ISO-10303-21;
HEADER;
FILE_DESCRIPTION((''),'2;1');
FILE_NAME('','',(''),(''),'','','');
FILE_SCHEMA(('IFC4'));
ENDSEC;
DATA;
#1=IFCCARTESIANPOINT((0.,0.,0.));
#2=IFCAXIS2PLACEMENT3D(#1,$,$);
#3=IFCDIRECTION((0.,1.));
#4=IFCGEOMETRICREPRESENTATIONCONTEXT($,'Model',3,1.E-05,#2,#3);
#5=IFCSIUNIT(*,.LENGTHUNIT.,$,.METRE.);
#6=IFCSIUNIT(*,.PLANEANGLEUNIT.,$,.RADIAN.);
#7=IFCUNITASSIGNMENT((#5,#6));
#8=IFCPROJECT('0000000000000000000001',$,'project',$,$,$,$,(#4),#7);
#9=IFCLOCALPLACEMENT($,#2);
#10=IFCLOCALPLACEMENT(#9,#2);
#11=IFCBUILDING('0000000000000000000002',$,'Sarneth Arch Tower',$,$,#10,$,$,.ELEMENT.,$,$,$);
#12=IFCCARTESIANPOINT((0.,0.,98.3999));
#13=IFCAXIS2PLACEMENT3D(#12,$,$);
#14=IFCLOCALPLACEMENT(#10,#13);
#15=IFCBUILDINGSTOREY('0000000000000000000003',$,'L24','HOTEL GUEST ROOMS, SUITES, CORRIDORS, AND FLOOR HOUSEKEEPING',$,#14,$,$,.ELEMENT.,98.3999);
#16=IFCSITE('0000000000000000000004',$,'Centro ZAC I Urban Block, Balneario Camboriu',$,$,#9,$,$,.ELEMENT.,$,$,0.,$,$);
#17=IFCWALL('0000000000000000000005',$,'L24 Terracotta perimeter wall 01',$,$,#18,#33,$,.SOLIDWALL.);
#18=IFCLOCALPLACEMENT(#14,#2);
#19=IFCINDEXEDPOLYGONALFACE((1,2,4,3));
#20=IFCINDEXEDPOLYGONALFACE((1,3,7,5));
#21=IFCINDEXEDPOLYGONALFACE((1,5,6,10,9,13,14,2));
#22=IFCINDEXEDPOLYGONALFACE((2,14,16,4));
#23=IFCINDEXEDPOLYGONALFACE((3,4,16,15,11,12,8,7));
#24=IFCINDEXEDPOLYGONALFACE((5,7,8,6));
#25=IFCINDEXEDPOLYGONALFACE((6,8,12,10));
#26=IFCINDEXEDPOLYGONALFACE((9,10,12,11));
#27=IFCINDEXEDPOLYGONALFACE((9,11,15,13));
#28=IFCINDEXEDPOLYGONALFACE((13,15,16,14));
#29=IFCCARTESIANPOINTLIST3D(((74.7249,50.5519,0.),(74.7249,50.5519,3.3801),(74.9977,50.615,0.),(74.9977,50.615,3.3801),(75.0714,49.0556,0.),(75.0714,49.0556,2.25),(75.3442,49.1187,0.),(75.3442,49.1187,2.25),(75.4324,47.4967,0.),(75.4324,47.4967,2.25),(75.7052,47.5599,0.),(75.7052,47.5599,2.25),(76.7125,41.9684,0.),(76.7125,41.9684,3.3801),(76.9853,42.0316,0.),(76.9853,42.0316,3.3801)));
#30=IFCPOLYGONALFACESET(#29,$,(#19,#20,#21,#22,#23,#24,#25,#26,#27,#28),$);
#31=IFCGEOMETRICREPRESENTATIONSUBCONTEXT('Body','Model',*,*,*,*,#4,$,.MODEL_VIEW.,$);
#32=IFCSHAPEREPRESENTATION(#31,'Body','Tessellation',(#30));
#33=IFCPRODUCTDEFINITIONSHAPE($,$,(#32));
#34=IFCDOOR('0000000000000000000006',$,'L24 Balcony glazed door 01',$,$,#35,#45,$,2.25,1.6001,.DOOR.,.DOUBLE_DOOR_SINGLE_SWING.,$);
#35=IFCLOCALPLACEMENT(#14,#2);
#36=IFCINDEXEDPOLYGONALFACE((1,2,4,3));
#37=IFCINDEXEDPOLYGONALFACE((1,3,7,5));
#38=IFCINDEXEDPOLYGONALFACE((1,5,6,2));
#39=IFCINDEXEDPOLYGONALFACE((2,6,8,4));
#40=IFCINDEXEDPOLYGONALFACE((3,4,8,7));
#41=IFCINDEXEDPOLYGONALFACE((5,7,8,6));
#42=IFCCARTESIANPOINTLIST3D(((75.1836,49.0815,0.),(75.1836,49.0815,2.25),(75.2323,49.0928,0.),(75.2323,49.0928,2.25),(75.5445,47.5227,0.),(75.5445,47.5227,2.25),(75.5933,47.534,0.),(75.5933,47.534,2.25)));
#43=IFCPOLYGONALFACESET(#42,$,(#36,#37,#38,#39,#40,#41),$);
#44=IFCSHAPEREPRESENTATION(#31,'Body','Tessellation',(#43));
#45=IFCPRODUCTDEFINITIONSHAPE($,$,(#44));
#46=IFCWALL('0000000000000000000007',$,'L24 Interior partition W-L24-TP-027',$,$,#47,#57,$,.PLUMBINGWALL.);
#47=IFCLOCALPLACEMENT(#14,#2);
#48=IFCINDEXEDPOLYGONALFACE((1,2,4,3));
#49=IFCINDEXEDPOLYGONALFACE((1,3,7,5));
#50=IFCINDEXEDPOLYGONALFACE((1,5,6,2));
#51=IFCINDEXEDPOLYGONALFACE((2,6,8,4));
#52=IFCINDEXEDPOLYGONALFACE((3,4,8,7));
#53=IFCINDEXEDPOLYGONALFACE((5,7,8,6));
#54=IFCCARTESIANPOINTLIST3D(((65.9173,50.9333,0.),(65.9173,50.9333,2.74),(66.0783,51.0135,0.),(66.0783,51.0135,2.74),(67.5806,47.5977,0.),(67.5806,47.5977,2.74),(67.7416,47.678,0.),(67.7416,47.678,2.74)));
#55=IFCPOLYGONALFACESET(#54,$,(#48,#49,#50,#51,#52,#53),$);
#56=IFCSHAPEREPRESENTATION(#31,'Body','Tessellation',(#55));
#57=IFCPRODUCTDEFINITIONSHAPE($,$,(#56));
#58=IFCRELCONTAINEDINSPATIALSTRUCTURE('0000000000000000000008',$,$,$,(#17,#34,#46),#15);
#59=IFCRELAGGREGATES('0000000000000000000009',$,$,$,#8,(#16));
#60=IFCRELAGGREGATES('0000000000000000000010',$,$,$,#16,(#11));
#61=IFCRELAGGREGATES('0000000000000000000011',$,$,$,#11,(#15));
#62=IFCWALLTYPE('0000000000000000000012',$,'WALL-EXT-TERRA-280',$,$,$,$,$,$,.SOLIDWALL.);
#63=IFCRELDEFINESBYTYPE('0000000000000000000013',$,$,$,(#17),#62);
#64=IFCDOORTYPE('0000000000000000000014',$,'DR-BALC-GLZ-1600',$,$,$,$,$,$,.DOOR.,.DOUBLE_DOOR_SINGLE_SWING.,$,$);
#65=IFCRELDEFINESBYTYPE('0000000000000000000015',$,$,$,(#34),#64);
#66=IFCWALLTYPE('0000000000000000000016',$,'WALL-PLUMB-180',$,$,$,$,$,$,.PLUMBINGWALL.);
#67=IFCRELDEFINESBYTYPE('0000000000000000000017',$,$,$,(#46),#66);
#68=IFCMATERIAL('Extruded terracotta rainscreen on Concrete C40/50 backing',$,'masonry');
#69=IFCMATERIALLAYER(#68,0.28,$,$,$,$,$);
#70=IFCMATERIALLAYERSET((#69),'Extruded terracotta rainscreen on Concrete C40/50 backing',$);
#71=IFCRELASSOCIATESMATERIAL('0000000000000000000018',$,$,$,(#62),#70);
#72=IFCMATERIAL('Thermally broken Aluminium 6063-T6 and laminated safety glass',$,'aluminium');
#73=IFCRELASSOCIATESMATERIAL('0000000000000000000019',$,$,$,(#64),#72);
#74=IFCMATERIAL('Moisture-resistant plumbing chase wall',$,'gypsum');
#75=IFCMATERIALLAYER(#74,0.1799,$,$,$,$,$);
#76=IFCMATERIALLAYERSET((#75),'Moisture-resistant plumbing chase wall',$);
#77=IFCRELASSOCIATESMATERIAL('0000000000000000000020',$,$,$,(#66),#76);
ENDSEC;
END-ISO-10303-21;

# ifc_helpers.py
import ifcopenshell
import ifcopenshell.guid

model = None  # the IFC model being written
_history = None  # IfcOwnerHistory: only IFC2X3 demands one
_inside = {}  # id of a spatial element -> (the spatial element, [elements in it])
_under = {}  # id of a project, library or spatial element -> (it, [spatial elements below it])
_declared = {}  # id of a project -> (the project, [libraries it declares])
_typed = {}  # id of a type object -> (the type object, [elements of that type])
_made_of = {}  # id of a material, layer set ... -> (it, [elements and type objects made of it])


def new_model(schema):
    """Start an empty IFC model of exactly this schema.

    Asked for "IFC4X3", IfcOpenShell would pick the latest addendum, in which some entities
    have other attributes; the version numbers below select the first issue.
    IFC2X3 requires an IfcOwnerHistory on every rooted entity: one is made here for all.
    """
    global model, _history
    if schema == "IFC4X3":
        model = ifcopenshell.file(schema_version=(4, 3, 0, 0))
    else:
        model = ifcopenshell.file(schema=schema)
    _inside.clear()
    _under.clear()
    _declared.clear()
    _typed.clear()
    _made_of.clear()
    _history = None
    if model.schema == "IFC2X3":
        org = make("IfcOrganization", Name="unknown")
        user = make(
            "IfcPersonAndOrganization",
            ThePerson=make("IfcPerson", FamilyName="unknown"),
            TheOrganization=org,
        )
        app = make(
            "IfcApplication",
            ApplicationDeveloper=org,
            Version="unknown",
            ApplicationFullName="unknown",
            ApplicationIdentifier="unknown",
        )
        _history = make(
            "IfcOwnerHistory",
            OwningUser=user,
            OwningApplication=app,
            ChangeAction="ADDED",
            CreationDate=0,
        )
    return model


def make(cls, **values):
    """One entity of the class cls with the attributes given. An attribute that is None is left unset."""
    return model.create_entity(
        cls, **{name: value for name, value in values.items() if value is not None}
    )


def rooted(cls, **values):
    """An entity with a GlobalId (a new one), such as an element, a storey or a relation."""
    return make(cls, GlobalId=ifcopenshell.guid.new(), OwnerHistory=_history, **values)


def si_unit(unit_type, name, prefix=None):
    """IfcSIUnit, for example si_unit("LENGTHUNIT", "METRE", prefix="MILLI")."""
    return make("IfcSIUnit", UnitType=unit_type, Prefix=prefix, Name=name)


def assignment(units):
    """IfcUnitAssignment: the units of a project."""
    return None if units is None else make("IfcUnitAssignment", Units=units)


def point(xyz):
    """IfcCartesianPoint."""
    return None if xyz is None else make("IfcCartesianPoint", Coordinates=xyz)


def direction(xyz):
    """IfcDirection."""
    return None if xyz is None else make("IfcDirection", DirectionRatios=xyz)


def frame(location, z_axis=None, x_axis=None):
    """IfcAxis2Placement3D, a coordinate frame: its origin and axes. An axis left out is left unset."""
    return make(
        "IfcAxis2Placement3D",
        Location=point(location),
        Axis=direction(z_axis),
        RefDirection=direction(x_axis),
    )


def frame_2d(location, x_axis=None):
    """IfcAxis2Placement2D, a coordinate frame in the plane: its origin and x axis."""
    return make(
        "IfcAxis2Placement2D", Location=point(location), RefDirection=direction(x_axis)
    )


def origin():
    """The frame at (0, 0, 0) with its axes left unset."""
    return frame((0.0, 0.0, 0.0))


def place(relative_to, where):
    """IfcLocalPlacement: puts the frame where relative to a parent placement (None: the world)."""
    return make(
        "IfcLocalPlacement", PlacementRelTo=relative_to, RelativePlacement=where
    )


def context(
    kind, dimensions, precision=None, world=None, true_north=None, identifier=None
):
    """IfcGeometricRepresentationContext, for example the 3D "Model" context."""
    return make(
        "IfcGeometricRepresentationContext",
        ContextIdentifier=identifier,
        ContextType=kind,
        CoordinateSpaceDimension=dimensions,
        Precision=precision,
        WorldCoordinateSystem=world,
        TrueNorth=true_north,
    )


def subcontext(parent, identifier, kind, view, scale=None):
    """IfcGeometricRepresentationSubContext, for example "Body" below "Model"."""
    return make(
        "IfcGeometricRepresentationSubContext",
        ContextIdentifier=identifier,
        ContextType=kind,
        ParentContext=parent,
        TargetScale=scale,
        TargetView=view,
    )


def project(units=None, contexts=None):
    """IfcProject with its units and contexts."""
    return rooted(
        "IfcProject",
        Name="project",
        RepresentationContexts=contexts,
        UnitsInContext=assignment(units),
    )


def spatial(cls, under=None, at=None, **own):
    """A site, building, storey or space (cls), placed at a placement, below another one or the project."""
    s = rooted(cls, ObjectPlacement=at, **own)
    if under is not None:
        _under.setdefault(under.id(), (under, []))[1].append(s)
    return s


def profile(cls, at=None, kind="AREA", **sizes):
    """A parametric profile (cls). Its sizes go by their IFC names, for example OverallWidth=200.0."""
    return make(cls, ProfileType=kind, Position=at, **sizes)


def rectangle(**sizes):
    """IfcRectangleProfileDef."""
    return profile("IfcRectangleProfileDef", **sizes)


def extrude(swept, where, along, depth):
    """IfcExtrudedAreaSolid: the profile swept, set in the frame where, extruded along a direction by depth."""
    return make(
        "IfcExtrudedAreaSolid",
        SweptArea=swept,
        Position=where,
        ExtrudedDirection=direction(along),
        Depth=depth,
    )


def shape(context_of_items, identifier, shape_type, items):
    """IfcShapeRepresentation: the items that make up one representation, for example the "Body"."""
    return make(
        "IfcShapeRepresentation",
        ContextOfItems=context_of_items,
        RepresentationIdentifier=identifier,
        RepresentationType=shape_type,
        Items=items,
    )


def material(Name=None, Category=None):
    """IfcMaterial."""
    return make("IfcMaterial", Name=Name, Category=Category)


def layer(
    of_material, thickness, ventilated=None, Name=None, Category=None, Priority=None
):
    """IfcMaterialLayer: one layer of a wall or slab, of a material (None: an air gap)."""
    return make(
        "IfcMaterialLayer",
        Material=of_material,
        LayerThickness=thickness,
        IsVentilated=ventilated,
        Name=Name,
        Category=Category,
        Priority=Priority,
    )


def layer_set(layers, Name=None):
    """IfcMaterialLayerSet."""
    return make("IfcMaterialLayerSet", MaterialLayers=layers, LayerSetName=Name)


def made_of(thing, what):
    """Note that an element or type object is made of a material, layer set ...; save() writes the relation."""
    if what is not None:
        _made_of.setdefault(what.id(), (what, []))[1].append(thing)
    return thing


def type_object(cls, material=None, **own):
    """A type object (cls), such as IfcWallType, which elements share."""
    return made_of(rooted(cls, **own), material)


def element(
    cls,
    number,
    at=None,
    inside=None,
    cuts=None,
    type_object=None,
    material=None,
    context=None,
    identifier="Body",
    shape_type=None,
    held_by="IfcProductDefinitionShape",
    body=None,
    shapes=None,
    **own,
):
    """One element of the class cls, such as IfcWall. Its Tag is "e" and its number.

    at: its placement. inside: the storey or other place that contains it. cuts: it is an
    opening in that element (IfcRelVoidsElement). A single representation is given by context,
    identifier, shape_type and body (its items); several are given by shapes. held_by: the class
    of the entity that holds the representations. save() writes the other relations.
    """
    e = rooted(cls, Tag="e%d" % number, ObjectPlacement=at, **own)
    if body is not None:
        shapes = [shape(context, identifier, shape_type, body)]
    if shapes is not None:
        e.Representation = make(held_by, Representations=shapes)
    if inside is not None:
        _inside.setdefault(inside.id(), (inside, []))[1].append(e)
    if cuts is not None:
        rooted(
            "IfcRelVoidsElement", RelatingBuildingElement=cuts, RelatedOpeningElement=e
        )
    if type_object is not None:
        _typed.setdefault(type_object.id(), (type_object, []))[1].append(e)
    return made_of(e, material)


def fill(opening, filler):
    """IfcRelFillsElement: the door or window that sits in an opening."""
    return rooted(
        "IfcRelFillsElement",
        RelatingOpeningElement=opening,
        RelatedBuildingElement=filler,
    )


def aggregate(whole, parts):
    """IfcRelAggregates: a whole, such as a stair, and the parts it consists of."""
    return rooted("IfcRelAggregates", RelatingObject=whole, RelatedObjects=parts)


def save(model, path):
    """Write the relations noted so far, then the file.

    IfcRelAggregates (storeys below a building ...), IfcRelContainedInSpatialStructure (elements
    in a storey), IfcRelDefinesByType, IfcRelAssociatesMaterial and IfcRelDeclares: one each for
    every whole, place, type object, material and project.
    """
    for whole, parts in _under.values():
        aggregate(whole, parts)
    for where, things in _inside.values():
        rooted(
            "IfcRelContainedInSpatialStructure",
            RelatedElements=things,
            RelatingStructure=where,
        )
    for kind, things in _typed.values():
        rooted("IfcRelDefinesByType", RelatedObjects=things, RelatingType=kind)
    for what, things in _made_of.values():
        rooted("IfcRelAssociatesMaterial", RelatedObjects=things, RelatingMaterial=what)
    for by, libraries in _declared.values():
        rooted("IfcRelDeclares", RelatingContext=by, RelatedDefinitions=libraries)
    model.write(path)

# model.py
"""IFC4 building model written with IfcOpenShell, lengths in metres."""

from ifc_helpers import new_model, si_unit, direction, frame, frame_2d, origin, place, context, subcontext, project, spatial, rectangle, extrude, material, layer, layer_set, type_object, element, fill, save


model = new_model("IFC4")

# Units and contexts
model_context = context("Model", 3, precision=1e-05, world=origin(), true_north=direction((0.0, 1.0)))
body_context = subcontext(model_context, "Body", "Model", "MODEL_VIEW")
ifc_project = project(units=[si_unit("LENGTHUNIT", "METRE"), si_unit("PLANEANGLEUNIT", "RADIAN")], contexts=[model_context])

# Site, building, storey
site_placement = place(None, origin())
site = spatial("IfcSite", under=ifc_project, at=site_placement, Name="Centro ZAC I Urban Block, Balneario Camboriu", CompositionType="ELEMENT", RefElevation=0.0)
building_placement = place(site_placement, origin())
building = spatial("IfcBuilding", under=site, at=building_placement, Name="Sarneth Arch Tower", CompositionType="ELEMENT")
storey_placement = place(building_placement, frame((0.0, 0.0, 98.3999)))
storey = spatial("IfcBuildingStorey", under=building, at=storey_placement, Name="L24", Description="HOTEL GUEST ROOMS, SUITES, CORRIDORS, AND FLOOR HOUSEKEEPING", CompositionType="ELEMENT", Elevation=98.3999)

# Wall, opening, door
ifc_material_1 = material(Name="Extruded terracotta rainscreen on Concrete C40/50 backing", Category="masonry")
ifc_layer_1 = layer(ifc_material_1, 0.28)
ifc_layer_set_1 = layer_set([ifc_layer_1], Name="Extruded terracotta rainscreen on Concrete C40/50 backing")
wall_type_1 = type_object("IfcWallType", Name="WALL-EXT-TERRA-280", PredefinedType="SOLIDWALL", material=ifc_layer_set_1)
wall_1_placement = place(storey_placement, frame((76.8489, 42.0, 0.0), z_axis=(0.0, 0.0, 1.0), x_axis=(-0.225586, 0.974223, 0.0)))
wall_1 = element("IfcWall", 1, at=wall_1_placement, inside=storey, type_object=wall_type_1, Name="L24 Terracotta perimeter wall 01", PredefinedType="SOLIDWALL", context=body_context, shape_type="SweptSolid", body=[
    extrude(rectangle(XDim=8.8105, YDim=0.28, at=frame_2d((4.4053, 0.0))), origin(), (0.0, 0.0, 1.0), 3.3801),
])
opening_placement = place(wall_1_placement, frame((5.6746, 0.0, 0.0)))
opening = element("IfcOpeningElement", 2, at=opening_placement, cuts=wall_1, PredefinedType="OPENING", context=body_context, shape_type="SweptSolid", body=[
    extrude(rectangle(XDim=1.6001, YDim=2.25, at=frame_2d((0.8, 1.125))), frame((0.0, 0.1499, 0.0), z_axis=(0.0, -1.0, 0.0), x_axis=(1.0, 0.0, 0.0)), (0.0, 0.0, 1.0), 0.3),
])
ifc_material_2 = material(Name="Thermally broken Aluminium 6063-T6 and laminated safety glass", Category="aluminium")
door_type = type_object("IfcDoorType", Name="DR-BALC-GLZ-1600", OperationType="DOUBLE_DOOR_SINGLE_SWING", PredefinedType="DOOR", material=ifc_material_2)
door_placement = place(opening_placement, origin())
door = element("IfcDoor", 3, at=door_placement, inside=storey, type_object=door_type, Name="L24 Balcony glazed door 01", OperationType="DOUBLE_DOOR_SINGLE_SWING", OverallHeight=2.25, OverallWidth=1.6001, PredefinedType="DOOR", context=body_context, shape_type="SweptSolid", body=[
    extrude(rectangle(XDim=1.6001, YDim=2.25, at=frame_2d((0.8, 1.125))), frame((0.0, 0.0249, 0.0), z_axis=(0.0, -1.0, 0.0), x_axis=(1.0, 0.0, 0.0)), (0.0, 0.0, 1.0), 0.05),
])
fill(opening, door)

# Wall
ifc_material_3 = material(Name="Moisture-resistant plumbing chase wall", Category="gypsum")
ifc_layer_2 = layer(ifc_material_3, 0.1799)
ifc_layer_set_2 = layer_set([ifc_layer_2], Name="Moisture-resistant plumbing chase wall")
wall_type_2 = type_object("IfcWallType", Name="WALL-PLUMB-180", PredefinedType="PLUMBINGWALL", material=ifc_layer_set_2)
wall_2_placement = place(storey_placement, frame((67.6611, 47.6377, 0.0), z_axis=(0.0, 0.0, 1.0), x_axis=(-0.446244, 0.894911, 0.0)))
element("IfcWall", 4, at=wall_2_placement, inside=storey, type_object=wall_type_2, Name="L24 Interior partition W-L24-TP-027", PredefinedType="PLUMBINGWALL", context=body_context, shape_type="SweptSolid", body=[
    extrude(rectangle(XDim=3.7273, YDim=0.1799, at=frame_2d((1.8638, 0.0))), origin(), (0.0, 0.0, 1.0), 2.74),
])

save(model, "model.ifc")
